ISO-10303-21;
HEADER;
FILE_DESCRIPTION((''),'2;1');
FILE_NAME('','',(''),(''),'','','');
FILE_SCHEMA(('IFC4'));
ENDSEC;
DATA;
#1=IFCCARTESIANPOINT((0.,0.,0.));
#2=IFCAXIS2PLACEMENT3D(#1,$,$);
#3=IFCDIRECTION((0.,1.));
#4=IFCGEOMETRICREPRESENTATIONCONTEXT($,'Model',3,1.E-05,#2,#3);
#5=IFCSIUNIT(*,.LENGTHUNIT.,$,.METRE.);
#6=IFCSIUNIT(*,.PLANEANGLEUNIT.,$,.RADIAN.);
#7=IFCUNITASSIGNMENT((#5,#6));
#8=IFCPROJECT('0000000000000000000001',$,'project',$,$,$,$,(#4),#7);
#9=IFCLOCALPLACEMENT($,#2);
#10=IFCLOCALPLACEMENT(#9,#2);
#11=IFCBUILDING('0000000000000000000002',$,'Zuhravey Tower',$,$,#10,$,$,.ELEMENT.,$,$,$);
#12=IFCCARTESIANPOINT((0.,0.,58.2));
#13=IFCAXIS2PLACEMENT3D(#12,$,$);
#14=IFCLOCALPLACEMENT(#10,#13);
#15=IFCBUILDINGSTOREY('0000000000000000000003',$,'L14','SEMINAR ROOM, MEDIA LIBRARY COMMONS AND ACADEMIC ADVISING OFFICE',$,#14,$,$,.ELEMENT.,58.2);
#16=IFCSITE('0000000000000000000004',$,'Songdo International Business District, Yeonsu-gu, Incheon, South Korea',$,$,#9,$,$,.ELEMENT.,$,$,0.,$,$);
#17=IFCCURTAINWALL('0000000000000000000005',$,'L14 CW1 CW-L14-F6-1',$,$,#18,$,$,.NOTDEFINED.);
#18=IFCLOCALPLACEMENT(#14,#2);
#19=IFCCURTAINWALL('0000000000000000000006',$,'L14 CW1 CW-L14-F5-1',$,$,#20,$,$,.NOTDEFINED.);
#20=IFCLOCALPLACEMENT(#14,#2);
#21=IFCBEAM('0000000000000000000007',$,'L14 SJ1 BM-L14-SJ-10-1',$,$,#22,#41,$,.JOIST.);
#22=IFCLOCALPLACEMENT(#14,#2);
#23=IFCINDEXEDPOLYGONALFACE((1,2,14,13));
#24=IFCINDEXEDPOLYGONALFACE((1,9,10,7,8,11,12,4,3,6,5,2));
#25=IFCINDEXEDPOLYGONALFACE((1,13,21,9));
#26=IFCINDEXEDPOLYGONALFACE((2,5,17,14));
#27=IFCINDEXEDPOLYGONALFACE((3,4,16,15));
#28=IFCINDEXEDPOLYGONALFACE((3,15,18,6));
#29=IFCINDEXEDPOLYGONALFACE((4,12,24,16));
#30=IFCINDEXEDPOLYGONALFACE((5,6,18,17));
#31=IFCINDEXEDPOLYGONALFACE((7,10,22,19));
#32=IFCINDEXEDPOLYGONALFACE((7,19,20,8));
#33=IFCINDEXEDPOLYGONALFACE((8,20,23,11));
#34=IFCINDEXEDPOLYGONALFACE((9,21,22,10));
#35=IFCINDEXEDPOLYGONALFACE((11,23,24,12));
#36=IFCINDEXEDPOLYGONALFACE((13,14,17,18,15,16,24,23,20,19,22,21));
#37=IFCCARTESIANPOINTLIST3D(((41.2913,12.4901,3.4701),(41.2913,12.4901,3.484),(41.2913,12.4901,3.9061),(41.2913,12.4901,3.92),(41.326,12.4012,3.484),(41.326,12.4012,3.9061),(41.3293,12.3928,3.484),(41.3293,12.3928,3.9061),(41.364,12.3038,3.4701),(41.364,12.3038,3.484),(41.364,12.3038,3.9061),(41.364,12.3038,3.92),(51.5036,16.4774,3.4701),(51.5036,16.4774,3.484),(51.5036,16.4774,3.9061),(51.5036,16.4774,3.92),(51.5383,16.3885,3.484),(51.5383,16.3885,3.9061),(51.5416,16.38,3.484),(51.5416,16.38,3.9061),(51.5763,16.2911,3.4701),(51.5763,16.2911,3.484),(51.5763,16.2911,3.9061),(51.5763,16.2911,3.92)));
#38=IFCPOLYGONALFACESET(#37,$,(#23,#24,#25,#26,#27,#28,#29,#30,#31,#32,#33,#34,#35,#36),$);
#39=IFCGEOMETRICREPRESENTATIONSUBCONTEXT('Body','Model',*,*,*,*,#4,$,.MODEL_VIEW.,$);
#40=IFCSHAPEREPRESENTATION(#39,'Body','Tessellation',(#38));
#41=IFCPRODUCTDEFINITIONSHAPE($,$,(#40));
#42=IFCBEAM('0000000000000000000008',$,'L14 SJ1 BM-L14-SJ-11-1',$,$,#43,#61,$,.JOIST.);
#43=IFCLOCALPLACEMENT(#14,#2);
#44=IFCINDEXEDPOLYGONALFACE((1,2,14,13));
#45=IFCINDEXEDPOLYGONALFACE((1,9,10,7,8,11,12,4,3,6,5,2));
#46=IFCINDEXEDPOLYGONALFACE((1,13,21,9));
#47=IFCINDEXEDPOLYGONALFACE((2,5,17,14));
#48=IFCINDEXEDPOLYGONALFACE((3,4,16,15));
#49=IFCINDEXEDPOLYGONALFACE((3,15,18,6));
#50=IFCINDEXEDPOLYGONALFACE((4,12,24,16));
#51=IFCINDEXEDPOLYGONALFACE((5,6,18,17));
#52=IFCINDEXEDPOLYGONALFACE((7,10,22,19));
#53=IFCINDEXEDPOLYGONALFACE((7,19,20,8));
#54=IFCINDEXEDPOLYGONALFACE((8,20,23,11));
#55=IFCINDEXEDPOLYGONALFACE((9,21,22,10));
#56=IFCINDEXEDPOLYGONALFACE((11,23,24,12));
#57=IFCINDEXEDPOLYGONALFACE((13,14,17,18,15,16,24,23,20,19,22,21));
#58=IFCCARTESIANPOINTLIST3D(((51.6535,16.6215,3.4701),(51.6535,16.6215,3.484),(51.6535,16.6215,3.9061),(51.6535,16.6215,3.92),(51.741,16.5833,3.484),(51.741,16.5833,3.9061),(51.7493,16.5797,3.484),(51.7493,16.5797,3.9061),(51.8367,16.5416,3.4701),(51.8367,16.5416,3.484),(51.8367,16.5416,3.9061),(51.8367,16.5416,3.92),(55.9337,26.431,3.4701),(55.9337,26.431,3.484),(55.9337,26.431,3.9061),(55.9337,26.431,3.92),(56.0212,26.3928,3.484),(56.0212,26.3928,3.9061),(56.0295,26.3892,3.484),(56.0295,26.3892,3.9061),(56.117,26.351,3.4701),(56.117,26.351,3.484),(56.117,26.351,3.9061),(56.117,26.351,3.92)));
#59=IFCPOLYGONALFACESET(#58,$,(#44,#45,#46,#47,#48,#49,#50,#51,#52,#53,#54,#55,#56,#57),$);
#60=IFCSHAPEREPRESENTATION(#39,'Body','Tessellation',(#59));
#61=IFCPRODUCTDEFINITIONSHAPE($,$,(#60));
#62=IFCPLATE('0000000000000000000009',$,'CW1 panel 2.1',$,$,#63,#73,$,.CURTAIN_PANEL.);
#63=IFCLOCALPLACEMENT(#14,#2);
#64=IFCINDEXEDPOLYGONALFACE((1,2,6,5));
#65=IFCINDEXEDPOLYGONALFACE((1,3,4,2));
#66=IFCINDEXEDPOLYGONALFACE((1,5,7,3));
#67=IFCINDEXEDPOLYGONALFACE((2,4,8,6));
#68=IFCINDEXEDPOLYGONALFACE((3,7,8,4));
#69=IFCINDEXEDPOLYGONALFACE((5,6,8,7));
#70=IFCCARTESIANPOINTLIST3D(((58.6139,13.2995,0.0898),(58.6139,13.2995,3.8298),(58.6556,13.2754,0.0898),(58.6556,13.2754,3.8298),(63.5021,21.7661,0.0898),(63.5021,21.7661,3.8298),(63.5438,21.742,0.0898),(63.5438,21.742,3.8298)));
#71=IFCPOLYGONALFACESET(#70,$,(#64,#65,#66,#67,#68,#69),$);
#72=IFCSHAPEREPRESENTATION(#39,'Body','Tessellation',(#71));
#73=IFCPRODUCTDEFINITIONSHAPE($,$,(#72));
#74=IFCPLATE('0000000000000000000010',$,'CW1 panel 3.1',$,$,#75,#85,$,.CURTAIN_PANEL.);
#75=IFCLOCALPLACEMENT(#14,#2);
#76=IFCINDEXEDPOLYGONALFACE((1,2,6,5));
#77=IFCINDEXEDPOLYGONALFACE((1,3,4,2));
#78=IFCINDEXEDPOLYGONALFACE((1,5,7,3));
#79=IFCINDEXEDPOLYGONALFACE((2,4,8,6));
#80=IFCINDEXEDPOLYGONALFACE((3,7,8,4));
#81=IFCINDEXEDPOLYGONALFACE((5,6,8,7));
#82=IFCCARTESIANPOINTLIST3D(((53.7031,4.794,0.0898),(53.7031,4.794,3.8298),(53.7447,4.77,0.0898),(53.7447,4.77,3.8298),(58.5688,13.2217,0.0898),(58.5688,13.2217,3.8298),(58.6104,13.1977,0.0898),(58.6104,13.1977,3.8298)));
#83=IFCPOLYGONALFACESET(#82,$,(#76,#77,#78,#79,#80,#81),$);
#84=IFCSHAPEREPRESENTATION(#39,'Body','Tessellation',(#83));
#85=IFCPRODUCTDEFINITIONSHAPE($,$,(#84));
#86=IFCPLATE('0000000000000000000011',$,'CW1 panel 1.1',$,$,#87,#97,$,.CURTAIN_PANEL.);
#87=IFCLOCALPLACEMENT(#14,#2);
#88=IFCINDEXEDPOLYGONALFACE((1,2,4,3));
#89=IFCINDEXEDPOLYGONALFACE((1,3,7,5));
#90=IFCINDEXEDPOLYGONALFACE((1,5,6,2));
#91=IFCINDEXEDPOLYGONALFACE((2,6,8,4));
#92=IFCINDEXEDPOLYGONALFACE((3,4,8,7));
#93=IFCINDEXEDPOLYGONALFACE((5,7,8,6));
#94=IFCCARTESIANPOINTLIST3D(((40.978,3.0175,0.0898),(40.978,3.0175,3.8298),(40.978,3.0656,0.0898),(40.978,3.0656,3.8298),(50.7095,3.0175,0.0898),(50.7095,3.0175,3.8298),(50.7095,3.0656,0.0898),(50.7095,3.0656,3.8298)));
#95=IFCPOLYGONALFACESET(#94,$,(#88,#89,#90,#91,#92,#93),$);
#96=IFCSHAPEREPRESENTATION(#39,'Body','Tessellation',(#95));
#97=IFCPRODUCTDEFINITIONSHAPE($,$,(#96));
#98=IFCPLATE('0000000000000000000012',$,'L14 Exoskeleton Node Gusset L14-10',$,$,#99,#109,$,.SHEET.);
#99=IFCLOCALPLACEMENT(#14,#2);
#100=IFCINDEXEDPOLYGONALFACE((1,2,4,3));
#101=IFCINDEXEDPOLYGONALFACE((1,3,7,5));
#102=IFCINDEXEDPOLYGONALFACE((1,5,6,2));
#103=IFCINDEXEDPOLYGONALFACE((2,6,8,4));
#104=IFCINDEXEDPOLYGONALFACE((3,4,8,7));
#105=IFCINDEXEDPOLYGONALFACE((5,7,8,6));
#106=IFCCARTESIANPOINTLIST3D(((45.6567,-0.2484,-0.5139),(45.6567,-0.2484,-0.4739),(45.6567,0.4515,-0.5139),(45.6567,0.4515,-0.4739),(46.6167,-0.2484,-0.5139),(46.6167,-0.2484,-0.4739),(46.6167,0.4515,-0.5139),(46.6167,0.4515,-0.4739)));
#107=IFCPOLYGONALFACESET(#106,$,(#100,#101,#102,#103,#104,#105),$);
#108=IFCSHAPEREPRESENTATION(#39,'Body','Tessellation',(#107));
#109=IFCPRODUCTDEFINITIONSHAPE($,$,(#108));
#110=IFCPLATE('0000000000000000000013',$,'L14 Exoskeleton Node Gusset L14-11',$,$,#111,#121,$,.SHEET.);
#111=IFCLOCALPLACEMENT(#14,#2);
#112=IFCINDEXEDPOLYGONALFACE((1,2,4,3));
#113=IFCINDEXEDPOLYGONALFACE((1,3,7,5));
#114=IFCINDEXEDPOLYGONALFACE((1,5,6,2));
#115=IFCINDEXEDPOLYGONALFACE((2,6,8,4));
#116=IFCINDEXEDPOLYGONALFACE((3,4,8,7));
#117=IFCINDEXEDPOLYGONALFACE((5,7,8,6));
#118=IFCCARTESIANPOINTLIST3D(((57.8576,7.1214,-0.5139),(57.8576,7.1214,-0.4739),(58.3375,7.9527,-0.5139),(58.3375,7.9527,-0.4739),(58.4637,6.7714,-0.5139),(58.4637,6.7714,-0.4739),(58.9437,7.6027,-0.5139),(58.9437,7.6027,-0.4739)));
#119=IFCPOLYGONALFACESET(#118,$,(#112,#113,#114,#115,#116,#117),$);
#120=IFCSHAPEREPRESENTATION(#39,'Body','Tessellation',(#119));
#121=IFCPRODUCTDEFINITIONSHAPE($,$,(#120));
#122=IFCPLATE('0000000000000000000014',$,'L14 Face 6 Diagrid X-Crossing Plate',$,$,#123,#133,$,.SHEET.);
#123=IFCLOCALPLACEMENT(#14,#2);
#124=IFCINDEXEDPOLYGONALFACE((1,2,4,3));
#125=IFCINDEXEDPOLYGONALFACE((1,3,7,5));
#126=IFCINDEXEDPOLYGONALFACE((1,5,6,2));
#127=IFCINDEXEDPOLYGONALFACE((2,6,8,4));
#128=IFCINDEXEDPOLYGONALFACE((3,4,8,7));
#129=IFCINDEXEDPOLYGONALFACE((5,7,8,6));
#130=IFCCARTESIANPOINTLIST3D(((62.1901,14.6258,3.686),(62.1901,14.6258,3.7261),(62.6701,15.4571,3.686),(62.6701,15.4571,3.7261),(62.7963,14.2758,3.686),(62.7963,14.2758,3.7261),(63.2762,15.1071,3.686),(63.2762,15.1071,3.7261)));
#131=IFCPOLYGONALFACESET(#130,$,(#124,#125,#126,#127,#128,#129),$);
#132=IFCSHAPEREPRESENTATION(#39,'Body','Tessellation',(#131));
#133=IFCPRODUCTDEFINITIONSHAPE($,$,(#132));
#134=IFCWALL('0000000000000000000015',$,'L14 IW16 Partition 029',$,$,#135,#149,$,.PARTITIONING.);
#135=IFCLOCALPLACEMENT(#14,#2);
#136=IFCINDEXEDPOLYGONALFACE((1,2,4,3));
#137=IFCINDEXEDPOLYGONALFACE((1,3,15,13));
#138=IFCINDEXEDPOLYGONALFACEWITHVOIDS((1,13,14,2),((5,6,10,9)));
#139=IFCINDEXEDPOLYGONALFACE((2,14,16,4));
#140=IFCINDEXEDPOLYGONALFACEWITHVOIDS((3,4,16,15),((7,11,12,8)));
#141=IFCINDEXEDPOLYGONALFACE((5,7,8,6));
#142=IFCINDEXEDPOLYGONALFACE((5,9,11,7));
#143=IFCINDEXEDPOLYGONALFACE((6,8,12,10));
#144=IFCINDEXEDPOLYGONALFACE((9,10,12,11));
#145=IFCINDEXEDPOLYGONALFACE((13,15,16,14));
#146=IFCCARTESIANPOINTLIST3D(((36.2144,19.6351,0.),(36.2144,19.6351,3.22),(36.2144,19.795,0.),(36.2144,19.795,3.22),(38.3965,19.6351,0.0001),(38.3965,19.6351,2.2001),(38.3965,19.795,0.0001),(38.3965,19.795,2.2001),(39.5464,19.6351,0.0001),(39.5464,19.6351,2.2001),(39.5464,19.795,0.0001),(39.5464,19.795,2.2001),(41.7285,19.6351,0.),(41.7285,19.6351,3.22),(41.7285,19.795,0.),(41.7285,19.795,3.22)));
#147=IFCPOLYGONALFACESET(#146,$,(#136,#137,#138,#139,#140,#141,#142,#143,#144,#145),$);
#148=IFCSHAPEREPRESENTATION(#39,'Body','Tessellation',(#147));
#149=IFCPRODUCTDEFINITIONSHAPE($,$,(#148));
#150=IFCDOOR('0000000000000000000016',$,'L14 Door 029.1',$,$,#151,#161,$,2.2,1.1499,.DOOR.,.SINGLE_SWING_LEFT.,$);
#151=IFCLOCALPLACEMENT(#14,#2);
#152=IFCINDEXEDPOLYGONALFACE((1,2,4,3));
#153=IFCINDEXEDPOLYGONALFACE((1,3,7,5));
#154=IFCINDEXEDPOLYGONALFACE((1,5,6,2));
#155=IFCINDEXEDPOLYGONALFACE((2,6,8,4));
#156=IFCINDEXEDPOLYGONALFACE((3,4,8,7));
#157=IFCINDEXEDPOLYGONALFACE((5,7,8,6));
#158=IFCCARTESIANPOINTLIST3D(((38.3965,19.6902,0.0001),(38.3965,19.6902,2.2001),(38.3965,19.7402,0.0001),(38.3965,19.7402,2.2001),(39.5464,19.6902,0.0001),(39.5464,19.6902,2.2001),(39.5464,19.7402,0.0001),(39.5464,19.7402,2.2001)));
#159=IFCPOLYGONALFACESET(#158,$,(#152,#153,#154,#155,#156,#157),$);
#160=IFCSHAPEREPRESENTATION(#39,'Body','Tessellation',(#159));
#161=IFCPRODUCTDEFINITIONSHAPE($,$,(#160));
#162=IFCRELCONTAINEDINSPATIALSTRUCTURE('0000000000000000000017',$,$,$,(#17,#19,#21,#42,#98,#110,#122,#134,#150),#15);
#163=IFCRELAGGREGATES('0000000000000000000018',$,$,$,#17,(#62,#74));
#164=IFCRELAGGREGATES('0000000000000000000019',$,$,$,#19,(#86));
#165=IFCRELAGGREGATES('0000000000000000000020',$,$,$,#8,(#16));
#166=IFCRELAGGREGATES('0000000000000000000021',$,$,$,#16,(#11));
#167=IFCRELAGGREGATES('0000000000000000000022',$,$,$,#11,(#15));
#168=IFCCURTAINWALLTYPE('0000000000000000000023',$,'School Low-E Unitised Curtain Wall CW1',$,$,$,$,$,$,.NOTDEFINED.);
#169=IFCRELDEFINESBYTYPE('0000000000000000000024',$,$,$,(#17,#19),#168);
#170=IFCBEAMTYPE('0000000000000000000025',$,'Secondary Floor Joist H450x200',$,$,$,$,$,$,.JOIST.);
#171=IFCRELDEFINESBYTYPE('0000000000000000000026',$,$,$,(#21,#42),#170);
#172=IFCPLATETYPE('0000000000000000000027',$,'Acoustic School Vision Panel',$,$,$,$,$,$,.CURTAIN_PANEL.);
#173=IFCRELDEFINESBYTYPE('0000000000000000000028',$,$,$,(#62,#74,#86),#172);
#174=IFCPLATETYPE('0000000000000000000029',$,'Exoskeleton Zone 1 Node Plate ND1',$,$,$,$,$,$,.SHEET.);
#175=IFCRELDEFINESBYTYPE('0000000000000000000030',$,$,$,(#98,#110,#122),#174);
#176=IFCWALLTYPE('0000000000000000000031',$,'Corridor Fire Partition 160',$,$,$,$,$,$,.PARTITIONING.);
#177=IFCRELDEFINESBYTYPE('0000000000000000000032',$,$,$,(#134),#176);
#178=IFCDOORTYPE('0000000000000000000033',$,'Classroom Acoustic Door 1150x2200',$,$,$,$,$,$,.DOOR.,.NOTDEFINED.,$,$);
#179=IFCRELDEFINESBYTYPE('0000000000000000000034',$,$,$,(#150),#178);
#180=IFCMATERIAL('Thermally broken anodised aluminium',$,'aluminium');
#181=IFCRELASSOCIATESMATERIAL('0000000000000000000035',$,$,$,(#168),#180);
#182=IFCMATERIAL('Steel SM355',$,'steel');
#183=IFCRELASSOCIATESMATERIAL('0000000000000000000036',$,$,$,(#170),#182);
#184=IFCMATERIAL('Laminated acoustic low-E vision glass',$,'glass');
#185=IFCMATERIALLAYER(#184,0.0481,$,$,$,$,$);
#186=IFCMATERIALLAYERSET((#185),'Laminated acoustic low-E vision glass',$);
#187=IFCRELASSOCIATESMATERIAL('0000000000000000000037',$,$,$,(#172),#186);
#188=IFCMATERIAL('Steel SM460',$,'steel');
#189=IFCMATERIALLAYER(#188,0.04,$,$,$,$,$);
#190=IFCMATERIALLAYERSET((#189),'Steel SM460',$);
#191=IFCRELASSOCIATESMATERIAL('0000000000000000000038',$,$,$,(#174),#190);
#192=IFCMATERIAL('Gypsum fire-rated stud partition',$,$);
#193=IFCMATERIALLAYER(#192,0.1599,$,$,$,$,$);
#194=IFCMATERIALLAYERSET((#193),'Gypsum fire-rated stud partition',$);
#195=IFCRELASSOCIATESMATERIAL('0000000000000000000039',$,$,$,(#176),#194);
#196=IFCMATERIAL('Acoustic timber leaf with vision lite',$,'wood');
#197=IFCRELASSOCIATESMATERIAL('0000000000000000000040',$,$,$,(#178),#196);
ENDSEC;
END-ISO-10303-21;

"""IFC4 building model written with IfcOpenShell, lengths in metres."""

from ifc_helpers import new_model, si_unit, direction, frame, frame_2d, origin, origin_2d, place, context, subcontext, project, spatial, rectangle, i_section, extrude, material, layer, layer_set, material_profile, profile_set, type_object, element, fill, aggregate, save


model = new_model("IFC4")

# Units and contexts
model_context = context("Model", 3, precision=1e-05, world=origin(), true_north=direction((0.0, 1.0)))
body_context = subcontext(model_context, "Body", "Model", "MODEL_VIEW")
ifc_project = project(units=[si_unit("LENGTHUNIT", "METRE"), si_unit("PLANEANGLEUNIT", "RADIAN")], contexts=[model_context])

# Site, building, storey
site_placement = place(None, origin())
site = spatial("IfcSite", under=ifc_project, at=site_placement, Name="Songdo International Business District, Yeonsu-gu, Incheon, South Korea", CompositionType="ELEMENT", RefElevation=0.0)
building_placement = place(site_placement, origin())
building = spatial("IfcBuilding", under=site, at=building_placement, Name="Zuhravey Tower", CompositionType="ELEMENT")
storey_placement = place(building_placement, frame((0.0, 0.0, 58.2)))
storey = spatial("IfcBuildingStorey", under=building, at=storey_placement, Name="L14", Description="SEMINAR ROOM, MEDIA LIBRARY COMMONS AND ACADEMIC ADVISING OFFICE", CompositionType="ELEMENT", Elevation=58.2)

# Curtain walls
ifc_material_1 = material(Name="Thermally broken anodised aluminium", Category="aluminium")
curtain_wall_type = type_object("IfcCurtainWallType", Name="School Low-E Unitised Curtain Wall CW1", PredefinedType="NOTDEFINED", material=ifc_material_1)
curtain_wall_1_placement = place(storey_placement, origin())
curtain_wall_1 = element("IfcCurtainWall", 1, at=curtain_wall_1_placement, inside=storey, type_object=curtain_wall_type, Name="L14 CW1 CW-L14-F6-1", PredefinedType="NOTDEFINED")
curtain_wall_2_placement = place(storey_placement, origin())
curtain_wall_2 = element("IfcCurtainWall", 2, at=curtain_wall_2_placement, inside=storey, type_object=curtain_wall_type, Name="L14 CW1 CW-L14-F5-1", PredefinedType="NOTDEFINED")

# Shared definitions
ifc_material_2 = material(Name="Steel SM355", Category="steel")
ifc_material_3 = material(Name="Steel SM460", Category="steel")

# Beams
ifc_material_profile_1 = material_profile(ifc_material_2, i_section(OverallWidth=0.2, OverallDepth=0.45, WebThickness=0.009, FlangeThickness=0.0139, at=origin_2d()), Name="H-450x200x9x14")
ifc_profile_set_1 = profile_set([ifc_material_profile_1], Name="Steel SM355")
beam_type_1 = type_object("IfcBeamType", Name="Secondary Floor Joist H450x200", PredefinedType="JOIST", material=ifc_profile_set_1)
beam_1_placement = place(storey_placement, frame((41.3276, 12.397, 3.6951), z_axis=(0.931517, 0.363699, 0.0), x_axis=(-0.363699, 0.931517, 0.0)))
element("IfcBeam", 3, at=beam_1_placement, inside=storey, type_object=beam_type_1, Name="L14 SJ1 BM-L14-SJ-10-1", PredefinedType="JOIST", context=body_context, shape_type="SweptSolid", body=[
    extrude(i_section(OverallWidth=0.2, OverallDepth=0.45, WebThickness=0.009, FlangeThickness=0.0139, at=origin_2d()), origin(), (0.0, 0.0, 1.0), 10.9631),
])
beam_2_placement = place(storey_placement, frame((51.7451, 16.5815, 3.6951), z_axis=(0.399924, 0.916549, 0.0), x_axis=(-0.916549, 0.399924, 0.0)))
element("IfcBeam", 4, at=beam_2_placement, inside=storey, type_object=beam_type_1, Name="L14 SJ1 BM-L14-SJ-11-1", PredefinedType="JOIST", context=body_context, shape_type="SweptSolid", body=[
    extrude(i_section(OverallWidth=0.2, OverallDepth=0.45, WebThickness=0.009, FlangeThickness=0.0139, at=origin_2d()), origin(), (0.0, 0.0, 1.0), 10.7026),
])

# Plates
ifc_material_4 = material(Name="Laminated acoustic low-E vision glass", Category="glass")
ifc_layer_1 = layer(ifc_material_4, 0.0481)
ifc_layer_set_1 = layer_set([ifc_layer_1], Name="Laminated acoustic low-E vision glass")
plate_type_1 = type_object("IfcPlateType", Name="Acoustic School Vision Panel", PredefinedType="CURTAIN_PANEL", material=ifc_layer_set_1)
plate_1_placement = place(storey_placement, frame((61.0789, 17.5208, 0.0898), z_axis=(0.0, 0.0, 1.0), x_axis=(-0.5, -0.866026, 0.0)))
plate_1 = element("IfcPlate", 5, at=plate_1_placement, type_object=plate_type_1, Name="CW1 panel 2.1", PredefinedType="CURTAIN_PANEL", context=body_context, shape_type="SweptSolid", body=[
    extrude(rectangle(XDim=9.7764, YDim=0.0481, at=origin_2d()), origin(), (0.0, 0.0, 1.0), 3.74),
])
plate_2_placement = place(storey_placement, frame((56.1567, 8.9958, 0.0898), z_axis=(0.0, 0.0, 1.0), x_axis=(-0.5, -0.866026, 0.0)))
plate_2 = element("IfcPlate", 6, at=plate_2_placement, type_object=plate_type_1, Name="CW1 panel 3.1", PredefinedType="CURTAIN_PANEL", context=body_context, shape_type="SweptSolid", body=[
    extrude(rectangle(XDim=9.7314, YDim=0.0481, at=origin_2d()), origin(), (0.0, 0.0, 1.0), 3.74),
])
aggregate(curtain_wall_1, [plate_1, plate_2])
plate_3_placement = place(storey_placement, frame((45.8438, 3.0415, 0.0898), z_axis=(0.0, 0.0, 1.0), x_axis=(-1.0, 0.0, 0.0)))
plate_3 = element("IfcPlate", 7, at=plate_3_placement, type_object=plate_type_1, Name="CW1 panel 1.1", PredefinedType="CURTAIN_PANEL", context=body_context, shape_type="SweptSolid", body=[
    extrude(rectangle(XDim=9.7314, YDim=0.0481, at=origin_2d()), origin(), (0.0, 0.0, 1.0), 3.74),
])
aggregate(curtain_wall_2, [plate_3])

# Plates
ifc_layer_2 = layer(ifc_material_3, 0.04)
ifc_layer_set_2 = layer_set([ifc_layer_2], Name="Steel SM460")
plate_type_2 = type_object("IfcPlateType", Name="Exoskeleton Zone 1 Node Plate ND1", PredefinedType="SHEET", material=ifc_layer_set_2)
for number, where, z_axis, x_axis, name in (
    (8, (46.1367, 0.1016, -0.5139), (0.0, 0.0, 1.0), (1.0, 0.0, 0.0), "L14 Exoskeleton Node Gusset L14-10"),
    (9, (58.4006, 7.3621, -0.5139), (0.0, 0.0, 1.0), (0.5, 0.866025, 0.0), "L14 Exoskeleton Node Gusset L14-11"),
    (10, (62.7332, 14.8665, 3.686), (0.0, 0.0, 1.0), (0.5, 0.866025, 0.0), "L14 Face 6 Diagrid X-Crossing Plate"),
):
    element("IfcPlate", number, at=place(storey_placement, frame(where, z_axis=z_axis, x_axis=x_axis)), inside=storey, type_object=plate_type_2, Name=name, PredefinedType="SHEET", context=body_context, shape_type="SweptSolid", body=[
        extrude(rectangle(XDim=0.96, YDim=0.7, at=origin_2d()), origin(), (0.0, 0.0, 1.0), 0.04),
    ])

# Wall, opening, door
ifc_material_5 = material(Name="Gypsum fire-rated stud partition")
ifc_layer_3 = layer(ifc_material_5, 0.1599)
ifc_layer_set_3 = layer_set([ifc_layer_3], Name="Gypsum fire-rated stud partition")
wall_type_1 = type_object("IfcWallType", Name="Corridor Fire Partition 160", PredefinedType="PARTITIONING", material=ifc_layer_set_3)
wall_1_placement = place(storey_placement, frame((36.2144, 19.7151, 0.0), z_axis=(0.0, 0.0, 1.0), x_axis=(1.0, 0.0, 0.0)))
wall_1 = element("IfcWall", 11, at=wall_1_placement, inside=storey, type_object=wall_type_1, Name="L14 IW16 Partition 029", PredefinedType="PARTITIONING", context=body_context, shape_type="SweptSolid", body=[
    extrude(rectangle(XDim=5.5142, YDim=0.1599, at=frame_2d((2.7571, 0.0))), origin(), (0.0, 0.0, 1.0), 3.22),
])
opening_1_placement = place(wall_1_placement, frame((2.1821, 0.0, 0.0)))
opening_1 = element("IfcOpeningElement", 12, at=opening_1_placement, cuts=wall_1, PredefinedType="OPENING", context=body_context, shape_type="SweptSolid", body=[
    extrude(rectangle(XDim=1.1499, YDim=2.2, at=frame_2d((0.575, 1.1001))), frame((0.0, 0.092, 0.0), z_axis=(0.0, -1.0, 0.0), x_axis=(1.0, 0.0, 0.0)), (0.0, 0.0, 1.0), 0.1838),
])
ifc_material_6 = material(Name="Acoustic timber leaf with vision lite", Category="wood")
door_type_1 = type_object("IfcDoorType", Name="Classroom Acoustic Door 1150x2200", OperationType="NOTDEFINED", PredefinedType="DOOR", material=ifc_material_6)
door_1_placement = place(opening_1_placement, frame((1.1499, 0.0, 0.0), z_axis=(0.0, 0.0, 1.0), x_axis=(-1.0, 0.0, 0.0)))
door_1 = element("IfcDoor", 13, at=door_1_placement, inside=storey, type_object=door_type_1, Name="L14 Door 029.1", OperationType="SINGLE_SWING_LEFT", OverallHeight=2.2, OverallWidth=1.1499, PredefinedType="DOOR", context=body_context, shape_type="SweptSolid", body=[
    extrude(rectangle(XDim=1.1499, YDim=2.2, at=frame_2d((0.575, 1.1001))), frame((0.0, 0.0249, 0.0), z_axis=(0.0, -1.0, 0.0), x_axis=(1.0, 0.0, 0.0)), (0.0, 0.0, 1.0), 0.05),
])
fill(opening_1, door_1)

save(model, "model.ifc")
